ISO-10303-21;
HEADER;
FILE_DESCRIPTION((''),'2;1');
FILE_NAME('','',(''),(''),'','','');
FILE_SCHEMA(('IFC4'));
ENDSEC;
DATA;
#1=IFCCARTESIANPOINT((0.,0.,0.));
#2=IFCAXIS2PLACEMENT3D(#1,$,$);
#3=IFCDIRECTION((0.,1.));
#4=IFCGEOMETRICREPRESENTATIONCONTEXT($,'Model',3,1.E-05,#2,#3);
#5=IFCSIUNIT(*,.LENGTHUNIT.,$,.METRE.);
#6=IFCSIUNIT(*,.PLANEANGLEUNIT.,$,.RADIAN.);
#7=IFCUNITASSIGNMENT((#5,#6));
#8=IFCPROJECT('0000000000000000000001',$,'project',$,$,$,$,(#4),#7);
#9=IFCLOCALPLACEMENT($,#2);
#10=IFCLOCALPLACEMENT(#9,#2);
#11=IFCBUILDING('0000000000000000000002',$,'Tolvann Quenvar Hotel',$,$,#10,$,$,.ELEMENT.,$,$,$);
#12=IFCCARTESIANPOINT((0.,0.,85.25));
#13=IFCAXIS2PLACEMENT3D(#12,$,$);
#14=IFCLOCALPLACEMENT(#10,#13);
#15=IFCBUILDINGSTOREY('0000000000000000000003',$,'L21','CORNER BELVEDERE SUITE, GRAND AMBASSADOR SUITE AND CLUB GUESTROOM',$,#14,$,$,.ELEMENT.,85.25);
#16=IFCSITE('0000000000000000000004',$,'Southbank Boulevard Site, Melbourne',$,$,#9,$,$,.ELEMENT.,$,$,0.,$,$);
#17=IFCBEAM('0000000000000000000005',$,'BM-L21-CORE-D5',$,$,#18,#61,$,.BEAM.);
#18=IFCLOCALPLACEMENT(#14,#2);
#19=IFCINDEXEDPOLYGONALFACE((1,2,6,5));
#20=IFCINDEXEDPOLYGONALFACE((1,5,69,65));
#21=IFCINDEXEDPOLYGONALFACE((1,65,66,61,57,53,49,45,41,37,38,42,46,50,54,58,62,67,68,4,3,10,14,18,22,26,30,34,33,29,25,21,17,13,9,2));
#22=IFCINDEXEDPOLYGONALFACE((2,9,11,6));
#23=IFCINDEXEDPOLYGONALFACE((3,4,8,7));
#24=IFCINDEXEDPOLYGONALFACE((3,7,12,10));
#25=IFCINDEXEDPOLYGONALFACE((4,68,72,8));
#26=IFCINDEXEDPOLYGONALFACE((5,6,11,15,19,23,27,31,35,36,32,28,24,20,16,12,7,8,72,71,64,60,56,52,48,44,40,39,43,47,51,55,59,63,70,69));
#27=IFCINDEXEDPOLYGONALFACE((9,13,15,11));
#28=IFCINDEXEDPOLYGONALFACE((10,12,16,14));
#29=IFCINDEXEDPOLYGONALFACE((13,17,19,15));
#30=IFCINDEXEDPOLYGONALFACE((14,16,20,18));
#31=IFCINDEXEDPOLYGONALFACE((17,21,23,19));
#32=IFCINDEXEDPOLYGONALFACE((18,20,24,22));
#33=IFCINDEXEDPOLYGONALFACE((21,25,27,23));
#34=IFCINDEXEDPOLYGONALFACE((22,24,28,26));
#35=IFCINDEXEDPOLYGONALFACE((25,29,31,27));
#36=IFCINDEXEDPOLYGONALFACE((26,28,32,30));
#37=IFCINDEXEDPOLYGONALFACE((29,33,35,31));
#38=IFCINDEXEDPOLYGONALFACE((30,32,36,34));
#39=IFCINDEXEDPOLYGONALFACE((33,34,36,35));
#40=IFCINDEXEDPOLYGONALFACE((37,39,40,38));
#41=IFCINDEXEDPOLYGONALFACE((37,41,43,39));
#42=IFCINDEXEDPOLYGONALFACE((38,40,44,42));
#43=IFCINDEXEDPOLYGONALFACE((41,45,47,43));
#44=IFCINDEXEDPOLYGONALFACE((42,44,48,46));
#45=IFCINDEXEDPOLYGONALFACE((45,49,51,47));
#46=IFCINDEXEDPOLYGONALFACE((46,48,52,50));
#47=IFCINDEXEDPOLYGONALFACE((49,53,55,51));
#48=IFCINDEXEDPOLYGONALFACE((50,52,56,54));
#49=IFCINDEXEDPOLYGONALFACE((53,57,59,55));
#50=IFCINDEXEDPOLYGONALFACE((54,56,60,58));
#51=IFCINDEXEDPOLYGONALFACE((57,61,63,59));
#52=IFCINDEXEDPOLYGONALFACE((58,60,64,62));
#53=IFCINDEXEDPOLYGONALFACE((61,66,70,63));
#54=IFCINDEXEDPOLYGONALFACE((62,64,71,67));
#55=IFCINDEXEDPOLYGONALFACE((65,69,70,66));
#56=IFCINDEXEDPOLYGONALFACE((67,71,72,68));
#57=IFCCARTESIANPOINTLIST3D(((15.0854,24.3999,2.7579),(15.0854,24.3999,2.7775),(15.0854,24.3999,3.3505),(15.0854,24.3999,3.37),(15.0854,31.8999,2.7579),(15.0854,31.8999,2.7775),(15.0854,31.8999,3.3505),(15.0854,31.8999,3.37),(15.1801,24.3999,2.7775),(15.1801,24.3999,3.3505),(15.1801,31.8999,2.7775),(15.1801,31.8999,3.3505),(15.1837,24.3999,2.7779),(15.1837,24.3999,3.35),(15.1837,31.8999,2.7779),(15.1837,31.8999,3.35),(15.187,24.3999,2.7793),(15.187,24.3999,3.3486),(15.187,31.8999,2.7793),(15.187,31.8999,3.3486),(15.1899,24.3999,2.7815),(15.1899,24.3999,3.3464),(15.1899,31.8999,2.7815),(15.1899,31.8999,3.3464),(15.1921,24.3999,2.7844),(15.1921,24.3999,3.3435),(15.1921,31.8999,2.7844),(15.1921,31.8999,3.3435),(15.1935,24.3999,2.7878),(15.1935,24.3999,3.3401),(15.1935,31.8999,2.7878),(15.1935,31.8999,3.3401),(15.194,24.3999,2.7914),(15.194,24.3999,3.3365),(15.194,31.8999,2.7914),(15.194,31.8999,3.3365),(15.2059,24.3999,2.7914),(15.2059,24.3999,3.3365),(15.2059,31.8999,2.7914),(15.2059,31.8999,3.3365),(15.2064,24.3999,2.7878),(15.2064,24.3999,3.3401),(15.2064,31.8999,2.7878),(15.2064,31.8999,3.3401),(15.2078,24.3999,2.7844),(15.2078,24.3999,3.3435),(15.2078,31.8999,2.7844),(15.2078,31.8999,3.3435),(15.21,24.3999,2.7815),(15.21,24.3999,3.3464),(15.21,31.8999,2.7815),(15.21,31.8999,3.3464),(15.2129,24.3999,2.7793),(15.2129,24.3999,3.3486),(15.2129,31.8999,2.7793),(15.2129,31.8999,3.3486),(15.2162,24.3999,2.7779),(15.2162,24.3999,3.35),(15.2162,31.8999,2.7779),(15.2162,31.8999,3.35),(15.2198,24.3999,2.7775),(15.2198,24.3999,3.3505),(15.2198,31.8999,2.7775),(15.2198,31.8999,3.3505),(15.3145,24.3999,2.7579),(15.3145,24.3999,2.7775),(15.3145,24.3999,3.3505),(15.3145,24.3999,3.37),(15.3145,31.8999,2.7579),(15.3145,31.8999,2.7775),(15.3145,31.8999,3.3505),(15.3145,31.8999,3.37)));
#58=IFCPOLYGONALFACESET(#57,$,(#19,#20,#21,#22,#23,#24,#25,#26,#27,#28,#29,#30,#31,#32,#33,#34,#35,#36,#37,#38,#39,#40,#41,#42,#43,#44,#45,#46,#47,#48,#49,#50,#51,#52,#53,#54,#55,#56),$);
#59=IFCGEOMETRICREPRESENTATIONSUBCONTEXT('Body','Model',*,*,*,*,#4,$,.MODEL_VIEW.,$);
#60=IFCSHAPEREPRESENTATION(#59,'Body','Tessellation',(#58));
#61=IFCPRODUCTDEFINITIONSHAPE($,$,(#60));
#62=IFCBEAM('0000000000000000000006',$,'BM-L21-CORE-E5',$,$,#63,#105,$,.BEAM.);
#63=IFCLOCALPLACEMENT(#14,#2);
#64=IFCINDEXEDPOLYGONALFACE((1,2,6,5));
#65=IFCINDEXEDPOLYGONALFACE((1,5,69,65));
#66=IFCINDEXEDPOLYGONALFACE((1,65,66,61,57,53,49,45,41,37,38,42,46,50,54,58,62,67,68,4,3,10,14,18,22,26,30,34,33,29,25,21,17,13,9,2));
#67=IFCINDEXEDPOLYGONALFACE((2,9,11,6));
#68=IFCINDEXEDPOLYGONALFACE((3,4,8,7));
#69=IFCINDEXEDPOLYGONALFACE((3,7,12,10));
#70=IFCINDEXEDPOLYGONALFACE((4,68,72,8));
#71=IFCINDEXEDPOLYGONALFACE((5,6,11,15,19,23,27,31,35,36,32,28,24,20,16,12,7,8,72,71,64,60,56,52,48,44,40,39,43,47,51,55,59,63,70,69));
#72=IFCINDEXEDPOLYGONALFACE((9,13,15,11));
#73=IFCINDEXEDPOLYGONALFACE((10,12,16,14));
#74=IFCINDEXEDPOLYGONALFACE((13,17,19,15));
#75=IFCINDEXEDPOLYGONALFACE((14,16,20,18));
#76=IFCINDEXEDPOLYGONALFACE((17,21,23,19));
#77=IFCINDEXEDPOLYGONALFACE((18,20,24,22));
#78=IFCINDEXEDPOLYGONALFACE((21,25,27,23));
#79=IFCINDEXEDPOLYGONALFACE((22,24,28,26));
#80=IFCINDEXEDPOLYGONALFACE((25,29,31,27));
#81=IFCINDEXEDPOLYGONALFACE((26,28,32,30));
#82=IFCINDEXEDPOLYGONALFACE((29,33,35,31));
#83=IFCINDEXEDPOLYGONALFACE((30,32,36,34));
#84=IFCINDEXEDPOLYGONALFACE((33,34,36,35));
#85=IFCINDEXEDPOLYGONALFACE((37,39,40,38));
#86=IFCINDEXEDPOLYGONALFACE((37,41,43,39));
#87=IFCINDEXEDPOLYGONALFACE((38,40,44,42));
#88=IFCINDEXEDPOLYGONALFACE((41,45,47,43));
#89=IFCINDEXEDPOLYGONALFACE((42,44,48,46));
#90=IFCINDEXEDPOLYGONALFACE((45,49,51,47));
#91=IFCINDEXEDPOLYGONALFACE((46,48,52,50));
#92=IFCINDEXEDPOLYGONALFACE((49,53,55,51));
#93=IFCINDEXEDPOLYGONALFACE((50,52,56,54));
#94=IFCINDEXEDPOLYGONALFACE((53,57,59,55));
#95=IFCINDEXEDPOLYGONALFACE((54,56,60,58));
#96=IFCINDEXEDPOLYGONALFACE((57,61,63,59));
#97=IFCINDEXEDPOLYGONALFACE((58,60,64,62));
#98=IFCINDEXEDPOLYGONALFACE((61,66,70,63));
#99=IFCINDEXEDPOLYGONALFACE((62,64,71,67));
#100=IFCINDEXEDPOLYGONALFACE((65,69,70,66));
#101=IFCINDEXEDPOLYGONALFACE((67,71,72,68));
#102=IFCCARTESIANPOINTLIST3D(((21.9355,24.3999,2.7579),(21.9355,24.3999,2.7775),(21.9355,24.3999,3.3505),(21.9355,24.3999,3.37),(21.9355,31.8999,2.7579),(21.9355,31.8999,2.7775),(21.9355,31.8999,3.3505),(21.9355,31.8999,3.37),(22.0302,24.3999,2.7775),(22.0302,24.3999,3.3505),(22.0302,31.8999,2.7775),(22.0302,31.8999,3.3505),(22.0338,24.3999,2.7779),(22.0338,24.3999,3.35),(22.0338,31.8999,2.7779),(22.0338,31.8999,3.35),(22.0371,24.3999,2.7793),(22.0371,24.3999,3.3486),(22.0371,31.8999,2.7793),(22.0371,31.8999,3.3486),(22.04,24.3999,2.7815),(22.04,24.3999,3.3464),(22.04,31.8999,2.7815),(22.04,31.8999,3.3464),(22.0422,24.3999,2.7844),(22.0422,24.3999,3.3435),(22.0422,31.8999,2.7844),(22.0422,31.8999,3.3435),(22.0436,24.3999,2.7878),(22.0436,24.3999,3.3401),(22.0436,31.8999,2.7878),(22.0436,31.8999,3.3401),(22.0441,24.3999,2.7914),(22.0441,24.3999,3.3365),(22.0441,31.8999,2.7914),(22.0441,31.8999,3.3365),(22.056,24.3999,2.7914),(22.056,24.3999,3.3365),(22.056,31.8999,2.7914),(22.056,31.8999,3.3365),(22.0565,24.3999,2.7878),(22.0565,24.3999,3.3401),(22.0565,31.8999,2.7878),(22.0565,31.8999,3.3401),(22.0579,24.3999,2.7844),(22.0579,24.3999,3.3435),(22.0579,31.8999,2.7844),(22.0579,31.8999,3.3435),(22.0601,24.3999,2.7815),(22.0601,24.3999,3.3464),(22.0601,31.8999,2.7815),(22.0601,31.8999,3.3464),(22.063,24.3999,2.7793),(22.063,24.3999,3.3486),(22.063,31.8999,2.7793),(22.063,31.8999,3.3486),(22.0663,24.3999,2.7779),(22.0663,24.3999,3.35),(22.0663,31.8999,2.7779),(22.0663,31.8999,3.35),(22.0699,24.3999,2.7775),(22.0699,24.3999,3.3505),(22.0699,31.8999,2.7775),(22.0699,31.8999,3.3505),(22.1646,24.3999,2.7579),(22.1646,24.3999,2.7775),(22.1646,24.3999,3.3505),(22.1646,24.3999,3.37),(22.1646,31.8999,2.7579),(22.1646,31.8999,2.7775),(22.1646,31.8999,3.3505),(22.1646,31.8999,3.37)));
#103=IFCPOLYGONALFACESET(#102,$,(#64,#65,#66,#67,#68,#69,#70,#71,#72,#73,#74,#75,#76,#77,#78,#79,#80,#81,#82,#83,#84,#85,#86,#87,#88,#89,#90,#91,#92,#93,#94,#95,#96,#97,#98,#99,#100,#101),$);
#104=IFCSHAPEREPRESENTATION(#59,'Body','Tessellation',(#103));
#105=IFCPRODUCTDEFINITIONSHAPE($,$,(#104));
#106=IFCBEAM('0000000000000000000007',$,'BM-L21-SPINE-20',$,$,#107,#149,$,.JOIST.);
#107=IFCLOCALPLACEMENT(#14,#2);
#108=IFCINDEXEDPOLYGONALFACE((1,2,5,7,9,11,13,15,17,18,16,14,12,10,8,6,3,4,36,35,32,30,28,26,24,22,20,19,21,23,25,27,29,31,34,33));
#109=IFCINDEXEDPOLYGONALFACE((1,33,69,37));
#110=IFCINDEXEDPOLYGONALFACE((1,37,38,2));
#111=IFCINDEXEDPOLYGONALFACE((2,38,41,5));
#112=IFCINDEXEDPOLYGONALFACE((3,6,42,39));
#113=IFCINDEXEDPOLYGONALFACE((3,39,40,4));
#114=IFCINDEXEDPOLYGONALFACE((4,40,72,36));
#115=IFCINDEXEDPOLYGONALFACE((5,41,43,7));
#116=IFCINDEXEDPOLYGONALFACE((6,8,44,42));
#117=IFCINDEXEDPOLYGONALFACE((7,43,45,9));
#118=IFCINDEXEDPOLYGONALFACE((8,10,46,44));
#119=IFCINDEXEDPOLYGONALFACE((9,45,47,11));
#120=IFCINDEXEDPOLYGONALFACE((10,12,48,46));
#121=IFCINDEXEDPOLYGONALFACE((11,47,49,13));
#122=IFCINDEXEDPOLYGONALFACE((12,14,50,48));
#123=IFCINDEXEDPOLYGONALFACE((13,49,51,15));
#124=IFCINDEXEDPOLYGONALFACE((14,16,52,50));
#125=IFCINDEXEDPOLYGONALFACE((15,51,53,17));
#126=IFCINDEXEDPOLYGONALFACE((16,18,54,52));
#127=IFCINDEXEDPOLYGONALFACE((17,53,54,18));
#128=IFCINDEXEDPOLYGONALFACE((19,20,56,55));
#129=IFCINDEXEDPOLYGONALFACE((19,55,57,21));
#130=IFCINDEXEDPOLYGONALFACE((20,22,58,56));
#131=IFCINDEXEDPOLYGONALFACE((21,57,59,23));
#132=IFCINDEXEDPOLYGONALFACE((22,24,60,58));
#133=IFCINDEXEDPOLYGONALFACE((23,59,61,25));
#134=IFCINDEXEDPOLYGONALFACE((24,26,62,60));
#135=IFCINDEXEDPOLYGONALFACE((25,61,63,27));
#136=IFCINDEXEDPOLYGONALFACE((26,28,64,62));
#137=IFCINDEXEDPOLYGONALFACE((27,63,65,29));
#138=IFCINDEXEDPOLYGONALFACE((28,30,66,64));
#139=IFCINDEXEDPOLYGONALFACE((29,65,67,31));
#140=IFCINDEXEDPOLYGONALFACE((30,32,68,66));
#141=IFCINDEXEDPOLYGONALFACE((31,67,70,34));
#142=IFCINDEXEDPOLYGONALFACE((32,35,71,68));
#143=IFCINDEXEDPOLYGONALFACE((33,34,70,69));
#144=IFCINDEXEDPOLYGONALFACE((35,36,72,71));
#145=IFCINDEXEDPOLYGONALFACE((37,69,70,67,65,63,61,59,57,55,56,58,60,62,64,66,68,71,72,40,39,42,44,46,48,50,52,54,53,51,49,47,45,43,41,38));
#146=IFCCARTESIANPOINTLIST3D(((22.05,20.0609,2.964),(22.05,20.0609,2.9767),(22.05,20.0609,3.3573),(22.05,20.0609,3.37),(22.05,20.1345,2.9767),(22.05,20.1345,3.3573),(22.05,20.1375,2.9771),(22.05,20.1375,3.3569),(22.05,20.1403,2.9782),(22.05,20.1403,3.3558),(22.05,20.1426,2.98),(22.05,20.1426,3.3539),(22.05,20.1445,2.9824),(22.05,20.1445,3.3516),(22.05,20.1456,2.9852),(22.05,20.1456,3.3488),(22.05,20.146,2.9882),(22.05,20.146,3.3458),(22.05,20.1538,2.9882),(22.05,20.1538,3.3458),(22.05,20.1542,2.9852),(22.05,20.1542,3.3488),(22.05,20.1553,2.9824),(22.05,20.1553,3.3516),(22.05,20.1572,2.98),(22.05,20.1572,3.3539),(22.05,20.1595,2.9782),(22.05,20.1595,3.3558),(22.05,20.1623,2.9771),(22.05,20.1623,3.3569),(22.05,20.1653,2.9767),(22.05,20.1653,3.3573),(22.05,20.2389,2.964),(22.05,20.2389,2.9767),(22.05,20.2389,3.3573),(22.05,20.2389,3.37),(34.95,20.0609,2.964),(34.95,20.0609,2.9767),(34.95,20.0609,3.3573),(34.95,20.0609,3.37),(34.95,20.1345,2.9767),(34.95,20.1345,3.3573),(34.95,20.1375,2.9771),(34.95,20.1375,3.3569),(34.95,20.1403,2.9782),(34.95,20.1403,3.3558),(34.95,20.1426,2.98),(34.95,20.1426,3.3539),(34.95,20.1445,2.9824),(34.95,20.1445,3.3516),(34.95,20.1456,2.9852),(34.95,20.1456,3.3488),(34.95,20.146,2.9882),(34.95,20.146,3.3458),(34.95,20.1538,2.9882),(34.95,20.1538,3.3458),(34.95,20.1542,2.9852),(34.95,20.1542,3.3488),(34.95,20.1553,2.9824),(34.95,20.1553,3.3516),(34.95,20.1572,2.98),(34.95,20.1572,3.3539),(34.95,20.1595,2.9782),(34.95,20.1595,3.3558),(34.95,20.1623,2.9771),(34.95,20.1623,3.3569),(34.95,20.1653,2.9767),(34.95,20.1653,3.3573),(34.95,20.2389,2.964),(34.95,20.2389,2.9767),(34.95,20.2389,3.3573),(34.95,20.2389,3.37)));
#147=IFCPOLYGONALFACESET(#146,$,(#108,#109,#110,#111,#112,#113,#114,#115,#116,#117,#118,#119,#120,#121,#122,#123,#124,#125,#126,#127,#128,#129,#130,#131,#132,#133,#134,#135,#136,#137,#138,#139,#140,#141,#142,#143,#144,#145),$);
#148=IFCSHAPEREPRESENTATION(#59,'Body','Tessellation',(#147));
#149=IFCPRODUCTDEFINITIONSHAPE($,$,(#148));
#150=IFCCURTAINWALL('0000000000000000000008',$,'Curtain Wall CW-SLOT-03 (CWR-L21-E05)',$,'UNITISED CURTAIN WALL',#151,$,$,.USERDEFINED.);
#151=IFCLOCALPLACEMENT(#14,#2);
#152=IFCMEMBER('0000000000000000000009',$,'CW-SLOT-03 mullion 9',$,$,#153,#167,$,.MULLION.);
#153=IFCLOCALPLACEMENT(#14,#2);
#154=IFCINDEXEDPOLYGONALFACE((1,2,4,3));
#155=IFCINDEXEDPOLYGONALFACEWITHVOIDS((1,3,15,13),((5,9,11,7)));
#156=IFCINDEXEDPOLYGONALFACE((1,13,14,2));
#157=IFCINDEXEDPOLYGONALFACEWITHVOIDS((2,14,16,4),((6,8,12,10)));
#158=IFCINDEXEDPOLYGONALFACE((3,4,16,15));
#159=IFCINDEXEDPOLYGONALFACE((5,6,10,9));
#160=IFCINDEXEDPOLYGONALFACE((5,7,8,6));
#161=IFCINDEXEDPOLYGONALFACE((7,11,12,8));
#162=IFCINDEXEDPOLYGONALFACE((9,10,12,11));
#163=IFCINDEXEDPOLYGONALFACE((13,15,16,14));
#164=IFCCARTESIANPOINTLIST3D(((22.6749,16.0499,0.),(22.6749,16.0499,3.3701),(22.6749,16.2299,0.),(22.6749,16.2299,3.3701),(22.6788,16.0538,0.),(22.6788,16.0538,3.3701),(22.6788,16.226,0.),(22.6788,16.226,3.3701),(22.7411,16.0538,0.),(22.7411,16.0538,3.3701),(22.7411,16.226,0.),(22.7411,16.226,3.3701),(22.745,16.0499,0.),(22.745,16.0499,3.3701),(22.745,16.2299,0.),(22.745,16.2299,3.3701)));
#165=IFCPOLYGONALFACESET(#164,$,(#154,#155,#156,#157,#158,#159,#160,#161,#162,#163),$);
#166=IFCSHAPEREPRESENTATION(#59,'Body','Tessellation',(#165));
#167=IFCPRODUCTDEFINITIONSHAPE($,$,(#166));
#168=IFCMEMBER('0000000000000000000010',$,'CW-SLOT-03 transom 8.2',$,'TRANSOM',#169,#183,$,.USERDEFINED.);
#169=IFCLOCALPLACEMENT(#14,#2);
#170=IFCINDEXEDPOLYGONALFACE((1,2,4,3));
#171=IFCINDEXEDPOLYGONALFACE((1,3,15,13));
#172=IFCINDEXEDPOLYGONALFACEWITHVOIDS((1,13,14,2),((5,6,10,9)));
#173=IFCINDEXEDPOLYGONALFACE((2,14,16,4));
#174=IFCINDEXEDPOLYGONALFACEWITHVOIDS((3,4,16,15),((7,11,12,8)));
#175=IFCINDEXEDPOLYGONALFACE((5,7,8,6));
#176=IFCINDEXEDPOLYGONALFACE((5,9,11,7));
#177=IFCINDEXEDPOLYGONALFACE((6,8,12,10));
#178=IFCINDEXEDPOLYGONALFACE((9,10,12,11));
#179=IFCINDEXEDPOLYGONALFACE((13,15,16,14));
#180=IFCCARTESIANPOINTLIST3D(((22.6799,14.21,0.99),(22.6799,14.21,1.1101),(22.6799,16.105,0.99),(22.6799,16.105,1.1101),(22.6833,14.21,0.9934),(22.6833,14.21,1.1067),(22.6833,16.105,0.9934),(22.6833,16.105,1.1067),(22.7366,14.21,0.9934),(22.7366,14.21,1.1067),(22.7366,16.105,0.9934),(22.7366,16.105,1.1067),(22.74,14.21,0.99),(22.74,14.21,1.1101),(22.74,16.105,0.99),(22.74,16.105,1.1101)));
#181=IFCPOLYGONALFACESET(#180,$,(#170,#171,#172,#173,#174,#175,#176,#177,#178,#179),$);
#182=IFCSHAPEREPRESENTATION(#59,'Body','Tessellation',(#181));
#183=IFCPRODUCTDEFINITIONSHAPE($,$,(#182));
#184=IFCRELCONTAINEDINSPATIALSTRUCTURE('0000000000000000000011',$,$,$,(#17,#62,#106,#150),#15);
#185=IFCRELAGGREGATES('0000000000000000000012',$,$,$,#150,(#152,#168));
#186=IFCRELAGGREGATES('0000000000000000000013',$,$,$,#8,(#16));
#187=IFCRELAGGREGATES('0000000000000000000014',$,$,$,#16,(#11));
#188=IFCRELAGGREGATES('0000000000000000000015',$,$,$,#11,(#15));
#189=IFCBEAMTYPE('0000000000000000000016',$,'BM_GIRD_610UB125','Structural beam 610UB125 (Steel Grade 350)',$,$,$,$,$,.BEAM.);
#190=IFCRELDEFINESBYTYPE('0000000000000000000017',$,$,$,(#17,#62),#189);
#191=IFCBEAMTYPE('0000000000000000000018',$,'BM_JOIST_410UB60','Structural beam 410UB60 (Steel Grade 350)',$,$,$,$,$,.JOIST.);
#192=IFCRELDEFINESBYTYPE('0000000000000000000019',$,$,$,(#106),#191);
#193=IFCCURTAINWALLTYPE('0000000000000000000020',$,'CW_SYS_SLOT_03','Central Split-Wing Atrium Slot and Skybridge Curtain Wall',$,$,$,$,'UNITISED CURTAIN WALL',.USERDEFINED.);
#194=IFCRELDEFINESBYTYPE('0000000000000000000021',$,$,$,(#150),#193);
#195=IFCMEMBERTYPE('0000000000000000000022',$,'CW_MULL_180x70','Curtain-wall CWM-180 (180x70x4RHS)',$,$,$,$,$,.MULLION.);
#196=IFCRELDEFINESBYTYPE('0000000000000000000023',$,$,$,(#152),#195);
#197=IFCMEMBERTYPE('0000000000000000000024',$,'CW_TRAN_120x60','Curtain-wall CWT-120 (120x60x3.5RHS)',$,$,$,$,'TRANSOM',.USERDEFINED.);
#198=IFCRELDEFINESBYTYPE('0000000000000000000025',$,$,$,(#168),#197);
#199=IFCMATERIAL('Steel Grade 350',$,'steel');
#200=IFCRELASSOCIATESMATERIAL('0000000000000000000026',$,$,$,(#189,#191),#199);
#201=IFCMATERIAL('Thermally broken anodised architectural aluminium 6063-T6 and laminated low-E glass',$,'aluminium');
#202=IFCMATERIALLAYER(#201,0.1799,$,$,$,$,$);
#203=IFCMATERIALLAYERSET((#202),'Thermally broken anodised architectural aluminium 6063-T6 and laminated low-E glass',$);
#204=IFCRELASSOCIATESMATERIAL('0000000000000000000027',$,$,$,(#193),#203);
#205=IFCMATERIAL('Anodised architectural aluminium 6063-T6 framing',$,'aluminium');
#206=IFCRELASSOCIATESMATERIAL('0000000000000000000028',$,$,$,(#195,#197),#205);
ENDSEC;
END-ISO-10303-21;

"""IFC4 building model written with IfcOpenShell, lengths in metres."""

from ifc_helpers import new_model, si_unit, direction, frame, origin, origin_2d, place, context, subcontext, project, spatial, hollow_rectangle, i_section, extrude, source, transform, mapped, material, layer, layer_set, material_profile, profile_set, type_object, type_shapes, element, aggregate, save


model = new_model("IFC4")

# Units and contexts
model_context = context("Model", 3, precision=1e-05, world=origin(), true_north=direction((0.0, 1.0)))
body_context = subcontext(model_context, "Body", "Model", "MODEL_VIEW")
ifc_project = project(units=[si_unit("LENGTHUNIT", "METRE"), si_unit("PLANEANGLEUNIT", "RADIAN")], contexts=[model_context])

# Site, building, storey
site_placement = place(None, origin())
site = spatial("IfcSite", under=ifc_project, at=site_placement, Name="Southbank Boulevard Site, Melbourne", CompositionType="ELEMENT", RefElevation=0.0)
building_placement = place(site_placement, origin())
building = spatial("IfcBuilding", under=site, at=building_placement, Name="Tolvann Quenvar Hotel", CompositionType="ELEMENT")
storey_placement = place(building_placement, frame((0.0, 0.0, 85.25)))
storey = spatial("IfcBuildingStorey", under=building, at=storey_placement, Name="L21", Description="CORNER BELVEDERE SUITE, GRAND AMBASSADOR SUITE AND CLUB GUESTROOM", CompositionType="ELEMENT", Elevation=85.25)

# Shared definitions
ifc_material_1 = material(Name="Steel Grade 350", Category="steel")

# Beams
ifc_material_profile_1 = material_profile(ifc_material_1, i_section(OverallWidth=0.229, OverallDepth=0.6121, WebThickness=0.012, FlangeThickness=0.0195, FilletRadius=0.0139, at=origin_2d()), Name="610UB125")
ifc_profile_set_1 = profile_set([ifc_material_profile_1], Name="Steel Grade 350")
beam_type_1 = type_object("IfcBeamType", Name="BM_GIRD_610UB125", Description="Structural beam 610UB125 (Steel Grade 350)", PredefinedType="BEAM", material=ifc_profile_set_1)
shared_shape_1 = source(origin(), body_context, "Body", "SweptSolid", [
    extrude(i_section(OverallWidth=0.229, OverallDepth=0.6121, WebThickness=0.012, FlangeThickness=0.0195, FilletRadius=0.0139, at=origin_2d()), origin(), (0.0, 0.0, 1.0), 7.5),
])
for number, where, z_axis, x_axis, name in (
    (1, (15.2, 24.3999, 3.064), (0.0, 1.0, 0.0), (-1.0, 0.0, 0.0), "BM-L21-CORE-D5"),
    (2, (22.05, 24.3999, 3.064), (0.0, 1.0, 0.0), (-1.0, 0.0, 0.0), "BM-L21-CORE-E5"),
):
    element("IfcBeam", number, at=place(storey_placement, frame(where, z_axis=z_axis, x_axis=x_axis)), inside=storey, type_object=beam_type_1, Name=name, PredefinedType="BEAM", context=body_context, shape_type="MappedRepresentation", body=[
        mapped(shared_shape_1, transform((0.0, 0.0, 0.0), x_axis=(1.0, 0.0, 0.0), y_axis=(0.0, 1.0, 0.0), z_axis=(0.0, 0.0, 1.0), scale=1.0)),
    ])
ifc_material_profile_2 = material_profile(ifc_material_1, i_section(OverallWidth=0.178, OverallDepth=0.406, WebThickness=0.0078, FlangeThickness=0.0127, FilletRadius=0.0115, at=origin_2d()), Name="410UB60")
ifc_profile_set_2 = profile_set([ifc_material_profile_2], Name="Steel Grade 350")
beam_type_2 = type_object("IfcBeamType", Name="BM_JOIST_410UB60", Description="Structural beam 410UB60 (Steel Grade 350)", PredefinedType="JOIST", material=ifc_profile_set_2)
shared_shape_2 = source(origin(), body_context, "Body", "SweptSolid", [
    extrude(i_section(OverallWidth=0.178, OverallDepth=0.406, WebThickness=0.0078, FlangeThickness=0.0127, FilletRadius=0.0115, at=origin_2d()), origin(), (0.0, 0.0, 1.0), 12.8999),
])
type_shapes(beam_type_2, [shared_shape_2])
beam_1_placement = place(storey_placement, frame((22.05, 20.1499, 3.167), z_axis=(1.0, 0.0, 0.0), x_axis=(0.0, 1.0, 0.0)))
element("IfcBeam", 3, at=beam_1_placement, inside=storey, type_object=beam_type_2, Name="BM-L21-SPINE-20", PredefinedType="JOIST", context=body_context, shape_type="MappedRepresentation", body=[
    mapped(shared_shape_2, transform((0.0, 0.0, 0.0), x_axis=(1.0, 0.0, 0.0), y_axis=(0.0, 1.0, 0.0), z_axis=(0.0, 0.0, 1.0), scale=1.0)),
])

# Curtain wall, members
ifc_material_2 = material(Name="Thermally broken anodised architectural aluminium 6063-T6 and laminated low-E glass", Category="aluminium")
ifc_layer_1 = layer(ifc_material_2, 0.1799)
ifc_layer_set_1 = layer_set([ifc_layer_1], Name="Thermally broken anodised architectural aluminium 6063-T6 and laminated low-E glass")
curtain_wall_type = type_object("IfcCurtainWallType", Name="CW_SYS_SLOT_03", Description="Central Split-Wing Atrium Slot and Skybridge Curtain Wall", ElementType="UNITISED CURTAIN WALL", PredefinedType="USERDEFINED", material=ifc_layer_set_1)
curtain_wall_placement = place(storey_placement, origin())
curtain_wall = element("IfcCurtainWall", 4, at=curtain_wall_placement, inside=storey, type_object=curtain_wall_type, Name="Curtain Wall CW-SLOT-03 (CWR-L21-E05)", ObjectType="UNITISED CURTAIN WALL", PredefinedType="USERDEFINED")
ifc_material_3 = material(Name="Anodised architectural aluminium 6063-T6 framing", Category="aluminium")
ifc_material_profile_3 = material_profile(ifc_material_3, hollow_rectangle(XDim=0.0701, YDim=0.1799, WallThickness=0.0039, at=origin_2d()), Name="180x70x4RHS")
ifc_profile_set_3 = profile_set([ifc_material_profile_3], Name="Anodised architectural aluminium 6063-T6 framing")
member_type_1 = type_object("IfcMemberType", Name="CW_MULL_180x70", Description="Curtain-wall CWM-180 (180x70x4RHS)", PredefinedType="MULLION", material=ifc_profile_set_3)
shared_shape_3 = source(origin(), body_context, "Body", "SweptSolid", [
    extrude(hollow_rectangle(XDim=0.0701, YDim=0.1799, WallThickness=0.0039, at=origin_2d()), origin(), (0.0, 0.0, 1.0), 3.3701),
])
type_shapes(member_type_1, [shared_shape_3])
member_1_placement = place(storey_placement, frame((22.71, 16.1399, 0.0), z_axis=(0.0, 0.0, 1.0), x_axis=(-1.0, 0.0, 0.0)))
member_1 = element("IfcMember", 5, at=member_1_placement, type_object=member_type_1, Name="CW-SLOT-03 mullion 9", PredefinedType="MULLION", context=body_context, shape_type="MappedRepresentation", body=[
    mapped(shared_shape_3, transform((0.0, 0.0, 0.0), x_axis=(1.0, 0.0, 0.0), y_axis=(0.0, 1.0, 0.0), z_axis=(0.0, 0.0, 1.0), scale=1.0)),
])
ifc_material_profile_4 = material_profile(ifc_material_3, hollow_rectangle(XDim=0.0601, YDim=0.1201, WallThickness=0.0034, at=origin_2d()), Name="120x60x3.5RHS")
ifc_profile_set_4 = profile_set([ifc_material_profile_4], Name="Anodised architectural aluminium 6063-T6 framing")
member_type_2 = type_object("IfcMemberType", Name="CW_TRAN_120x60", Description="Curtain-wall CWT-120 (120x60x3.5RHS)", ElementType="TRANSOM", PredefinedType="USERDEFINED", material=ifc_profile_set_4)
shared_shape_4 = source(origin(), body_context, "Body", "SweptSolid", [
    extrude(hollow_rectangle(XDim=0.0601, YDim=0.1201, WallThickness=0.0034, at=origin_2d()), origin(), (0.0, 0.0, 1.0), 1.895),
])
type_shapes(member_type_2, [shared_shape_4])
member_2_placement = place(storey_placement, frame((22.71, 14.21, 1.05), z_axis=(0.0, 1.0, 0.0), x_axis=(-1.0, 0.0, 0.0)))
member_2 = element("IfcMember", 6, at=member_2_placement, type_object=member_type_2, Name="CW-SLOT-03 transom 8.2", ObjectType="TRANSOM", PredefinedType="USERDEFINED", context=body_context, shape_type="MappedRepresentation", body=[
    mapped(shared_shape_4, transform((0.0, 0.0, 0.0), x_axis=(1.0, 0.0, 0.0), y_axis=(0.0, 1.0, 0.0), z_axis=(0.0, 0.0, 1.0), scale=1.0)),
])
aggregate(curtain_wall, [member_1, member_2])

save(model, "model.ifc")
